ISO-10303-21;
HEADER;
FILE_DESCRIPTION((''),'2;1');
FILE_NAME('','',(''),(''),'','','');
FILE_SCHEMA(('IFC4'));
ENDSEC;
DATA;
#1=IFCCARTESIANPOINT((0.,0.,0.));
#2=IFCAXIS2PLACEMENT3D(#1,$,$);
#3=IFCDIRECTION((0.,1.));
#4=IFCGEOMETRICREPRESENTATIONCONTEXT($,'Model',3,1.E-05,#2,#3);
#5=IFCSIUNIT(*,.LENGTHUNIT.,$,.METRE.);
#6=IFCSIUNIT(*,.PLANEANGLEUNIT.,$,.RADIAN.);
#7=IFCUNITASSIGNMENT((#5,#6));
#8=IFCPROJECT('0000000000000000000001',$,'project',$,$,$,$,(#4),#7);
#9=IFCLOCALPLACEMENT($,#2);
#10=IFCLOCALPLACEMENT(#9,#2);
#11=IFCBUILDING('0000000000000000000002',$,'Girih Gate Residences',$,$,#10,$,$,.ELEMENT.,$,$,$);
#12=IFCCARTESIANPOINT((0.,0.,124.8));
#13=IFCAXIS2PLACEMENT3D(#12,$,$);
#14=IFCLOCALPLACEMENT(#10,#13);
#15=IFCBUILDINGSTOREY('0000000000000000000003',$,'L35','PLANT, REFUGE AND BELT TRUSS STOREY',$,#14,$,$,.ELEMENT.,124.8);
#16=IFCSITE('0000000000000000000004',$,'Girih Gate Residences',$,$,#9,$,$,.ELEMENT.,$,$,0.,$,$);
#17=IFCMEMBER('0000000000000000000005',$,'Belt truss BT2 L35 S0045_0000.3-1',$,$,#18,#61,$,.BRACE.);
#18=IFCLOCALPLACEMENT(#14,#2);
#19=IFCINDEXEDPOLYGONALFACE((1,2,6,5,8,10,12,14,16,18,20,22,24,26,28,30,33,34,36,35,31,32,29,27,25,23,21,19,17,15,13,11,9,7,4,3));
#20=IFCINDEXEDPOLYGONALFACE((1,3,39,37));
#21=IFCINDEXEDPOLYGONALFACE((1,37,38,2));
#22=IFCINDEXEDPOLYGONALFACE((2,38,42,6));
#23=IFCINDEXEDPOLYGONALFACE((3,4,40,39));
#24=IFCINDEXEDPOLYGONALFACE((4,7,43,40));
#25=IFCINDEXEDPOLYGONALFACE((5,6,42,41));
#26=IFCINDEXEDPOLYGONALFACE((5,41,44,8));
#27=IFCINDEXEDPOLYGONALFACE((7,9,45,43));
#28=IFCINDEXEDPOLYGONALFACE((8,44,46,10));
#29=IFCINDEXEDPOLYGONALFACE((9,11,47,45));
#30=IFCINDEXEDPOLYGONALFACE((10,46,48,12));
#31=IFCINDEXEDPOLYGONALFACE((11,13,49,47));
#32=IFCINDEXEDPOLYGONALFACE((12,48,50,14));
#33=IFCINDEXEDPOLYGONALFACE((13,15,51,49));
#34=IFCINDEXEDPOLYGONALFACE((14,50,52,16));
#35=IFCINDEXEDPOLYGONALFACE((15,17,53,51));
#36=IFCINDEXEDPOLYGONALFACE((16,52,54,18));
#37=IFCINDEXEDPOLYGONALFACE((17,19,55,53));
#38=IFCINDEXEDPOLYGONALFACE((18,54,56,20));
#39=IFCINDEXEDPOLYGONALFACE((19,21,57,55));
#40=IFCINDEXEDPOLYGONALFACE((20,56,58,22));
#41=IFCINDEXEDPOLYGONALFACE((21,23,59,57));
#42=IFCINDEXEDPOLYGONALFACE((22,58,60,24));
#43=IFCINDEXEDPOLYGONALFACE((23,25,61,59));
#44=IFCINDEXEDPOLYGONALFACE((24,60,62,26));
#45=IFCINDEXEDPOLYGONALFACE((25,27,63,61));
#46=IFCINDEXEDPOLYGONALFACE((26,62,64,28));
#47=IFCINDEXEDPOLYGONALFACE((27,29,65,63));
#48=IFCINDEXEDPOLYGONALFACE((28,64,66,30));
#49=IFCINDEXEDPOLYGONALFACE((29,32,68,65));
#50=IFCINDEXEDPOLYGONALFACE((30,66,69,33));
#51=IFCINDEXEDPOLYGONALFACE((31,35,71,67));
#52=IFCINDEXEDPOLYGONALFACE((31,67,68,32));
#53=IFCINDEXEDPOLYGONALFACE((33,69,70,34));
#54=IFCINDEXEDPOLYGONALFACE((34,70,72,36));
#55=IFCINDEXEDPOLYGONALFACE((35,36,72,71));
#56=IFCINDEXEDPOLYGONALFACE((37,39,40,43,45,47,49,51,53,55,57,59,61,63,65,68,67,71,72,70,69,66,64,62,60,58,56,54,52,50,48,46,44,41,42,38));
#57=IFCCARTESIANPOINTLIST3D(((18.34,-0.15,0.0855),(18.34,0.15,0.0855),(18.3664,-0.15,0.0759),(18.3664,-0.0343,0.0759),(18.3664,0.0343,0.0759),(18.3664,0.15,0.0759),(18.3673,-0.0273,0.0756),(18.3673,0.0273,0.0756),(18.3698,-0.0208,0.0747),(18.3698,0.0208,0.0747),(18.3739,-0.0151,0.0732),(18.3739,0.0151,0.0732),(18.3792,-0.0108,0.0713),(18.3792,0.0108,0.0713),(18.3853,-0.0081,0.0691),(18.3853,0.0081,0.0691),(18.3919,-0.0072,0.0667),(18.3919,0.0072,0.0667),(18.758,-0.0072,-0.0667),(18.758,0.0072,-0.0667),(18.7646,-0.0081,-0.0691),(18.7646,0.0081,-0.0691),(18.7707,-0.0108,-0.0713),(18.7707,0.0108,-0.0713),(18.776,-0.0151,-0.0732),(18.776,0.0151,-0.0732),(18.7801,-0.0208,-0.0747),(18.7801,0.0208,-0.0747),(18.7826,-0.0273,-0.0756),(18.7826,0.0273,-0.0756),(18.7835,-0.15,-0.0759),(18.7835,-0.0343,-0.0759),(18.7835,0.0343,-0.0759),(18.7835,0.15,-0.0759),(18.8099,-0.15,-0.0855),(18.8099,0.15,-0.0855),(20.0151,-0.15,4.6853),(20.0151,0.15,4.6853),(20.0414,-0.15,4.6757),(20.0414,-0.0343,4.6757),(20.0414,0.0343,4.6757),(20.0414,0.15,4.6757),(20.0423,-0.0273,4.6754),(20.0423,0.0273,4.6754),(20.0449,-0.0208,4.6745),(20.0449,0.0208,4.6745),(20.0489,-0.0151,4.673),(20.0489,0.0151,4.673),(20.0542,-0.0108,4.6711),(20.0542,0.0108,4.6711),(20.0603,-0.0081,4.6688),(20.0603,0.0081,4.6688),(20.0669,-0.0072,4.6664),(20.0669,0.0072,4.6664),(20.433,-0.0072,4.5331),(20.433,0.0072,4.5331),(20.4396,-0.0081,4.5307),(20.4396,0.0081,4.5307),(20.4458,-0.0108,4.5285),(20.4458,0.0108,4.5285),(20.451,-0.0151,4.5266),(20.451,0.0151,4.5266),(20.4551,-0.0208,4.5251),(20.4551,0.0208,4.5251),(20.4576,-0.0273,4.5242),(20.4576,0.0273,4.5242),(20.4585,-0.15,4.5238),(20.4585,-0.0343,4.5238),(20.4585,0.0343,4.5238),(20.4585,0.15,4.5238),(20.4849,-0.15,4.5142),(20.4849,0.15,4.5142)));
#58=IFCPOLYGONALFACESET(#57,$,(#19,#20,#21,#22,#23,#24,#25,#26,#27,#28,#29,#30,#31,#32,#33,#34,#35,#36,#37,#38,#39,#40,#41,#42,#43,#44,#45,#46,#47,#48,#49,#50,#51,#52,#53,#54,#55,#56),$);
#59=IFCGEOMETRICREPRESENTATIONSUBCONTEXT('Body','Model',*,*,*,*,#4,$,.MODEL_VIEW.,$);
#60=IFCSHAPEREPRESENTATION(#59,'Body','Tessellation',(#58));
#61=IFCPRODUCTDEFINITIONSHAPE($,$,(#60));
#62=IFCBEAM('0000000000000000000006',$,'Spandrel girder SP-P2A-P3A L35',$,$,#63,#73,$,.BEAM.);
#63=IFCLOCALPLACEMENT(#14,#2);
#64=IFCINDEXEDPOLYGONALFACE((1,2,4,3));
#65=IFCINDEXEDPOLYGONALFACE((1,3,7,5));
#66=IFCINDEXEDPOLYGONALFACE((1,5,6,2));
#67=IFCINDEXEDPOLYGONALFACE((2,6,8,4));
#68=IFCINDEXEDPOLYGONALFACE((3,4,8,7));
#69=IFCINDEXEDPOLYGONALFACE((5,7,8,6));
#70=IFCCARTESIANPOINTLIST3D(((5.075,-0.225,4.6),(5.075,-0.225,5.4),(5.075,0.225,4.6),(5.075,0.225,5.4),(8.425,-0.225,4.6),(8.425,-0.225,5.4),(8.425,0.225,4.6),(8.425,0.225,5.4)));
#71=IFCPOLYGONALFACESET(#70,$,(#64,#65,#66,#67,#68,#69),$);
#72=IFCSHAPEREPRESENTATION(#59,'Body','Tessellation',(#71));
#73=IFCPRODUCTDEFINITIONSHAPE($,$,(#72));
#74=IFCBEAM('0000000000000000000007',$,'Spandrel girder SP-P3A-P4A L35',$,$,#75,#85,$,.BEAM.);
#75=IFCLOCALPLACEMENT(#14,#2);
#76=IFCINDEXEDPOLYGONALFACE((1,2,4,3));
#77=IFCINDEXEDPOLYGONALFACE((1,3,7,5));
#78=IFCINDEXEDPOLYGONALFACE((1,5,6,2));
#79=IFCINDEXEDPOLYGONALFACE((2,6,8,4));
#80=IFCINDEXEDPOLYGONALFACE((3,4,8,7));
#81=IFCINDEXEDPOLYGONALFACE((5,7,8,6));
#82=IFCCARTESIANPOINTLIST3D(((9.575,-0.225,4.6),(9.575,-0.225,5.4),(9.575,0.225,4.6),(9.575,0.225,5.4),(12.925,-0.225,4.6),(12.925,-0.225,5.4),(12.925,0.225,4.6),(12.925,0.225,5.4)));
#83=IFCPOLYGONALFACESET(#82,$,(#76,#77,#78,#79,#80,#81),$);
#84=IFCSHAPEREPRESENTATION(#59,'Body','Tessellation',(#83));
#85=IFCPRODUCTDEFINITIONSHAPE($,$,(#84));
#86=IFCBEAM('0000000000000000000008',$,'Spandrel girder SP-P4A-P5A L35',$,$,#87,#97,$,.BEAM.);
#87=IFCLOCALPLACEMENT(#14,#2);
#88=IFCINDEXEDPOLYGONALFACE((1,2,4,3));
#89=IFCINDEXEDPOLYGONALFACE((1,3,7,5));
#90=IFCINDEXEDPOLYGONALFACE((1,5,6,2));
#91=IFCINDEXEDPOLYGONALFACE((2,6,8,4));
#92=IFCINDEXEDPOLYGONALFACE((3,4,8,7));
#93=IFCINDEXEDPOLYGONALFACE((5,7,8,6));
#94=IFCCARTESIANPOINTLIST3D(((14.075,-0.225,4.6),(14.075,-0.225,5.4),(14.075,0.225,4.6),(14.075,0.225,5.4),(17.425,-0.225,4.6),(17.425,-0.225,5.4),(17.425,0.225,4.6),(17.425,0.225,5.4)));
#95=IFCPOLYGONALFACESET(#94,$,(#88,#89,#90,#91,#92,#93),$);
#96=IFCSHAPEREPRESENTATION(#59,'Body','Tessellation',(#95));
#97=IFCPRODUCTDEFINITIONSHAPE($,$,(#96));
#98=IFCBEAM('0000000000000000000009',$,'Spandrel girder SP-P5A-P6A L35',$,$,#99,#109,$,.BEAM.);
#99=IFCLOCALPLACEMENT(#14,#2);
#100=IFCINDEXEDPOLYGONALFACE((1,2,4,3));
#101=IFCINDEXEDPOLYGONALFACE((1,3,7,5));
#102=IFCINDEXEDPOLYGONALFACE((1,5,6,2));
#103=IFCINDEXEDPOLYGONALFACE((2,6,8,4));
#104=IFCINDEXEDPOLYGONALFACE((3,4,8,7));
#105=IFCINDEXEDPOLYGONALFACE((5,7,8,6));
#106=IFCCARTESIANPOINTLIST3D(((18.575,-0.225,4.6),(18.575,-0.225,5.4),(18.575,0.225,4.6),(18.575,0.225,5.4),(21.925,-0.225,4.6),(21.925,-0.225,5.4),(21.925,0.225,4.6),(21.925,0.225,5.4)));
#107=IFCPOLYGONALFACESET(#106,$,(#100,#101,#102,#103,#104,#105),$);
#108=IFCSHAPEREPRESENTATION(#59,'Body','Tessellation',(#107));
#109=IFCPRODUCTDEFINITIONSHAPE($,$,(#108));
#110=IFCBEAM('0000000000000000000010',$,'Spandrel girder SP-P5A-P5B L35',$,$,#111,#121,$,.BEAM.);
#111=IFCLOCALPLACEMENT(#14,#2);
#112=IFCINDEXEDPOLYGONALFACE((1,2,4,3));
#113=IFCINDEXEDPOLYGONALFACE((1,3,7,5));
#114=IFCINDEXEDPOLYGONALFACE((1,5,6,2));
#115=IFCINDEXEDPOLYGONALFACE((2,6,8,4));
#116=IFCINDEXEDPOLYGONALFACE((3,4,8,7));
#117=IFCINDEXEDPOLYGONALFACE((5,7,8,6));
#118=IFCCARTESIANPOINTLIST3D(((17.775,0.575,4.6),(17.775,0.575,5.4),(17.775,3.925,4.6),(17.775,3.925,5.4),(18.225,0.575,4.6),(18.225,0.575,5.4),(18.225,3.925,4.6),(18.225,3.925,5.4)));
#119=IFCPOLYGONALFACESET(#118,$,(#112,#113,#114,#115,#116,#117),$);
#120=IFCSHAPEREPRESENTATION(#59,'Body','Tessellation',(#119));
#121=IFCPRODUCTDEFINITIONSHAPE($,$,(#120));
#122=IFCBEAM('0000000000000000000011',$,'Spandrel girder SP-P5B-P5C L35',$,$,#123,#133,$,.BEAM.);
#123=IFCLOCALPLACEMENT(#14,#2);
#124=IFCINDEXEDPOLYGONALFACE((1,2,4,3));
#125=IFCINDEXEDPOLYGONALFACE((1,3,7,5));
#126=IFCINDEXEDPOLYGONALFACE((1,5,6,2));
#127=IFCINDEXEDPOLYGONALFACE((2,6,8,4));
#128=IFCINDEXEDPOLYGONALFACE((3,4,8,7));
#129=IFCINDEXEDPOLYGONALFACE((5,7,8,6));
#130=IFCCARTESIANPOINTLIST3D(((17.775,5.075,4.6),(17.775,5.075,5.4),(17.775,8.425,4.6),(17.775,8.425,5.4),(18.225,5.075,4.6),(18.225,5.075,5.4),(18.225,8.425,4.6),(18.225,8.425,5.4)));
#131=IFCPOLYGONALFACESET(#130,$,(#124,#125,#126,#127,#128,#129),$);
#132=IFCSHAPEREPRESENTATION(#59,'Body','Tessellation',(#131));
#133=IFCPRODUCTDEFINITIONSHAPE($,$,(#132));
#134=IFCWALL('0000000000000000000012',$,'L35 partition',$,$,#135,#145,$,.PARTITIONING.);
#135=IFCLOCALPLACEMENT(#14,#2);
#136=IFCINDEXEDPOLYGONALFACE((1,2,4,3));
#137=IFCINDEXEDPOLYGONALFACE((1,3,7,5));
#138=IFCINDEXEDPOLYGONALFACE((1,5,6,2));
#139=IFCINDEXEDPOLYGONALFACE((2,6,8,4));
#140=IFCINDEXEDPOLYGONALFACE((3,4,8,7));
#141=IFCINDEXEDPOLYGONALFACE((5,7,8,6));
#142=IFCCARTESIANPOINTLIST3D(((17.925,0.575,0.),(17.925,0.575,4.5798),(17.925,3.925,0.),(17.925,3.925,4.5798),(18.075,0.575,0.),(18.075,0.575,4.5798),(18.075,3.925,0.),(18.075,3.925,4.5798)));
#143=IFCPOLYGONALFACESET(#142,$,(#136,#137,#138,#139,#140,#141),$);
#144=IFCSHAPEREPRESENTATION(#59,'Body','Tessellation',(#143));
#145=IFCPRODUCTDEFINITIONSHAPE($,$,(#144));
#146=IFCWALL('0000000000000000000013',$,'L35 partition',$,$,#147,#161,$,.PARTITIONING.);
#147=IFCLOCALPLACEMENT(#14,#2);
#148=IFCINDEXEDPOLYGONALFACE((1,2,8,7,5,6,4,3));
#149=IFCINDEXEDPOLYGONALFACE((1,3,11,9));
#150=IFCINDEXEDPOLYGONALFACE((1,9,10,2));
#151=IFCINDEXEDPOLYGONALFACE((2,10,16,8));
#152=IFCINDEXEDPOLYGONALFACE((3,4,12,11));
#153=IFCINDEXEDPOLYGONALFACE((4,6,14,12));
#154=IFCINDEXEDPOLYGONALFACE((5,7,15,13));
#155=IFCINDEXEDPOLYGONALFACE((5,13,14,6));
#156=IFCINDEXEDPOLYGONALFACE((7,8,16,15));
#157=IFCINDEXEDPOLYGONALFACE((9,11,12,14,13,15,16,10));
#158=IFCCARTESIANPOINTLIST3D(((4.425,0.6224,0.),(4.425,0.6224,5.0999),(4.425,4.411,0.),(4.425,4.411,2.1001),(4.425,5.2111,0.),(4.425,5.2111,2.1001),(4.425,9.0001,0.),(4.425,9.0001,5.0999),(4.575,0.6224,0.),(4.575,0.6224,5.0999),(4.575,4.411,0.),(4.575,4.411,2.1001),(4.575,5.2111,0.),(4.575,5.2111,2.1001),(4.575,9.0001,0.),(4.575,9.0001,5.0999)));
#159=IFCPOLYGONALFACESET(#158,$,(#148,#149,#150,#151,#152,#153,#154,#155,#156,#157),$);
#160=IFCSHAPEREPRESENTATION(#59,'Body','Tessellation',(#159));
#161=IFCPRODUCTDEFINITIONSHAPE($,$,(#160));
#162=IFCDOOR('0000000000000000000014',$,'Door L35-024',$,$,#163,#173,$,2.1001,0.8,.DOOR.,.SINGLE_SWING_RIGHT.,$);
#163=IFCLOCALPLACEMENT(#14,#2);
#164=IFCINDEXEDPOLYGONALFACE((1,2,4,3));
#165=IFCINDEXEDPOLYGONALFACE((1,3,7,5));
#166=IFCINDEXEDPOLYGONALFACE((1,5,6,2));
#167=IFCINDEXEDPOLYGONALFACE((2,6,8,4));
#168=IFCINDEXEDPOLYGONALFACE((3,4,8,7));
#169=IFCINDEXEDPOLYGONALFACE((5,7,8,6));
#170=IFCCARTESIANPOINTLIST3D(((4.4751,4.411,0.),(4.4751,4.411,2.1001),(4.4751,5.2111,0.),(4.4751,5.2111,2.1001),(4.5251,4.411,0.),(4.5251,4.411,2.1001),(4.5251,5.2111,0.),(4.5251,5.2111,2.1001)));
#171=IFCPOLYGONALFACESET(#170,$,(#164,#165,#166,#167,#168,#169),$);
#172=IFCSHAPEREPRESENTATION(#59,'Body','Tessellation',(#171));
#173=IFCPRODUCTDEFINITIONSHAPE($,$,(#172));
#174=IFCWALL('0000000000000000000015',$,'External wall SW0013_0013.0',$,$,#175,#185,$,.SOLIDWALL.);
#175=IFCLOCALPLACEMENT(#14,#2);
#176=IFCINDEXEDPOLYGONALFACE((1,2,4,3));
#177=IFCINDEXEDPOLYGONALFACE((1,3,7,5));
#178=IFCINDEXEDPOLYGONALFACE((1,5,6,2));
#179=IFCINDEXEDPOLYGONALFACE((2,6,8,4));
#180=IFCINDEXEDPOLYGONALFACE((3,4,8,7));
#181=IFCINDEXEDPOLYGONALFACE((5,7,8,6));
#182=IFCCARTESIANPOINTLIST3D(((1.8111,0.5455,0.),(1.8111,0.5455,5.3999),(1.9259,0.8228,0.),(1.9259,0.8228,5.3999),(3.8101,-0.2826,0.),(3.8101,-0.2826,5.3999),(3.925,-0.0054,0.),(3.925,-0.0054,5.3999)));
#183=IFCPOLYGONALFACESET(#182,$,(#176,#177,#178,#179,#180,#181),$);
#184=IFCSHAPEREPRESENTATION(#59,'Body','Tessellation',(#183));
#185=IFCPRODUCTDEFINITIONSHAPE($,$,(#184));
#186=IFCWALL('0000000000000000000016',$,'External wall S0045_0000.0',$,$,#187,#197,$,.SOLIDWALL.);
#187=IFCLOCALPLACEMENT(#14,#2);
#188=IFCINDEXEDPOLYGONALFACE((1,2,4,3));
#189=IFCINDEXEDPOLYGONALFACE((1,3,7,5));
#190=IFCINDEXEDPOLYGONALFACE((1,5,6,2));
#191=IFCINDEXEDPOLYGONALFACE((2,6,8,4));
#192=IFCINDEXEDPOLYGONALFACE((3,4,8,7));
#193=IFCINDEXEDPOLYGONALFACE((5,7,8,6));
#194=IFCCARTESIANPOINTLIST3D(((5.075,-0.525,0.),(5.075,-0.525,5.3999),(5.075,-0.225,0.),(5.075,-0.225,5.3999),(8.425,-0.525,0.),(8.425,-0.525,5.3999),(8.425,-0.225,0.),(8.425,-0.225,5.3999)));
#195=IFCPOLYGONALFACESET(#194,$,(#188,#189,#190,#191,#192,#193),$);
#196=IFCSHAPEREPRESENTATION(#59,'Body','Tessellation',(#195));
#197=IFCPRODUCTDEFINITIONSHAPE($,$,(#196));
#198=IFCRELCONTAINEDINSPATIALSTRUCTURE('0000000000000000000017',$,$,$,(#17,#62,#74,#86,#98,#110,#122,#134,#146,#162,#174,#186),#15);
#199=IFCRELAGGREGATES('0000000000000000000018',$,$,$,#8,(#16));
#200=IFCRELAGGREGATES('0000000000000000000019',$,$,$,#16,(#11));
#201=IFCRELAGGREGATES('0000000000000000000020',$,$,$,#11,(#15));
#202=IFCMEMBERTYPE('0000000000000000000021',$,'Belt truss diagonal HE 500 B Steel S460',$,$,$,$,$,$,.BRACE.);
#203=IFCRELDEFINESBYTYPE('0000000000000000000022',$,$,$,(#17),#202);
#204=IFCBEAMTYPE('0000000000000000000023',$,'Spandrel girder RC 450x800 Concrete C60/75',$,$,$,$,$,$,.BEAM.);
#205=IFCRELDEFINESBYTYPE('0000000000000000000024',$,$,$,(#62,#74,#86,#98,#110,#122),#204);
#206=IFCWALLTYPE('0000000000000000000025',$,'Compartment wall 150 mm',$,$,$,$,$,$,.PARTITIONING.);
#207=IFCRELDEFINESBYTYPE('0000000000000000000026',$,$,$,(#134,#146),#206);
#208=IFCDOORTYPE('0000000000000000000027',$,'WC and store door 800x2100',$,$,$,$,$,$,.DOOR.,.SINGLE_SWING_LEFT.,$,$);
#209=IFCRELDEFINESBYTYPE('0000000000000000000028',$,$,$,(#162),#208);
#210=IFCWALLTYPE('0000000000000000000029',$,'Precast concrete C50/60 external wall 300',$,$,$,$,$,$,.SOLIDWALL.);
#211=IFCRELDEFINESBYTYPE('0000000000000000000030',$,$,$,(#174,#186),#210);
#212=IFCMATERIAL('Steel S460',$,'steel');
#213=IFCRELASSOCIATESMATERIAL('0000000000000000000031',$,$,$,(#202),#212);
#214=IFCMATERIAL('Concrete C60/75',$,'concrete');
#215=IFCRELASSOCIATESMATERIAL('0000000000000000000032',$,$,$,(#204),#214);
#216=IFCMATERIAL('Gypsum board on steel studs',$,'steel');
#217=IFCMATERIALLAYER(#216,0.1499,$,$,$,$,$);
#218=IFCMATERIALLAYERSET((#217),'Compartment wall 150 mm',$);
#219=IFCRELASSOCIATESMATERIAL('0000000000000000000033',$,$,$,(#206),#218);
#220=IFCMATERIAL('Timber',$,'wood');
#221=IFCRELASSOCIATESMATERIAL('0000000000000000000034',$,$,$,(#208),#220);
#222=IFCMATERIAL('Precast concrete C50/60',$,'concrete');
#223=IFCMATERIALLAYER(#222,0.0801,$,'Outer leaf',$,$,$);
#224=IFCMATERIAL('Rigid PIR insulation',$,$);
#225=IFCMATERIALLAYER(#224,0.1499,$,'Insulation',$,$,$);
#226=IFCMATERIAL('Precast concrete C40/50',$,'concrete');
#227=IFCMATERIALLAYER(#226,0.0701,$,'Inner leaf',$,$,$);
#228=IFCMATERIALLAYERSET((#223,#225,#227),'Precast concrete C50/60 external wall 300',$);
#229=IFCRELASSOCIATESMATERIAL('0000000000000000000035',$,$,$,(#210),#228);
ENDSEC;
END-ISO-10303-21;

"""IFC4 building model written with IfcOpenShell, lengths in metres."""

from ifc_helpers import new_model, si_unit, direction, frame, frame_2d, origin, origin_2d, place, context, subcontext, project, spatial, rectangle, i_section, extrude, material, layer, layer_set, material_profile, profile_set, type_object, element, fill, save


model = new_model("IFC4")

# Units and contexts
model_context = context("Model", 3, precision=1e-05, world=origin(), true_north=direction((0.0, 1.0)))
body_context = subcontext(model_context, "Body", "Model", "MODEL_VIEW")
ifc_project = project(units=[si_unit("LENGTHUNIT", "METRE"), si_unit("PLANEANGLEUNIT", "RADIAN")], contexts=[model_context])

# Site, building, storey
site_placement = place(None, origin())
site = spatial("IfcSite", under=ifc_project, at=site_placement, Name="Girih Gate Residences", CompositionType="ELEMENT", RefElevation=0.0)
building_placement = place(site_placement, origin())
building = spatial("IfcBuilding", under=site, at=building_placement, Name="Girih Gate Residences", CompositionType="ELEMENT")
storey_placement = place(building_placement, frame((0.0, 0.0, 124.8)))
storey = spatial("IfcBuildingStorey", under=building, at=storey_placement, Name="L35", Description="PLANT, REFUGE AND BELT TRUSS STOREY", CompositionType="ELEMENT", Elevation=124.8)

# Member
ifc_material_1 = material(Name="Steel S460", Category="steel")
ifc_material_profile_1 = material_profile(ifc_material_1, i_section(OverallWidth=0.3, OverallDepth=0.5, WebThickness=0.0144, FlangeThickness=0.0281, FilletRadius=0.0271, at=origin_2d()))
ifc_profile_set_1 = profile_set([ifc_material_profile_1], Name="Steel S460")
member_type_1 = type_object("IfcMemberType", Name="Belt truss diagonal HE 500 B Steel S460", PredefinedType="BRACE", material=ifc_profile_set_1)
for number, where, z_axis, x_axis, name in (
    (1, (18.575, 0.0, 0.0), (0.342171, 0.0, 0.939638), (0.0, 1.0, 0.0), "Belt truss BT2 L35 S0045_0000.3-1"),
):
    element("IfcMember", number, at=place(storey_placement, frame(where, z_axis=z_axis, x_axis=x_axis)), inside=storey, type_object=member_type_1, Name=name, PredefinedType="BRACE", context=body_context, shape_type="SweptSolid", body=[
        extrude(i_section(OverallWidth=0.3, OverallDepth=0.5, WebThickness=0.0144, FlangeThickness=0.0281, FilletRadius=0.0271, at=origin_2d()), origin(), (0.0, 0.0, 1.0), 4.8953),
    ])

# Beams
ifc_material_2 = material(Name="Concrete C60/75", Category="concrete")
ifc_material_profile_2 = material_profile(ifc_material_2, rectangle(XDim=0.45, YDim=0.8, at=origin_2d()))
ifc_profile_set_2 = profile_set([ifc_material_profile_2], Name="Concrete C60/75")
beam_type = type_object("IfcBeamType", Name="Spandrel girder RC 450x800 Concrete C60/75", PredefinedType="BEAM", material=ifc_profile_set_2)
for number, where, z_axis, x_axis, name in (
    (2, (5.075, 0.0, 5.0), (1.0, 0.0, 0.0), (0.0, 1.0, 0.0), "Spandrel girder SP-P2A-P3A L35"),
    (3, (9.575, 0.0, 5.0), (1.0, 0.0, 0.0), (0.0, 1.0, 0.0), "Spandrel girder SP-P3A-P4A L35"),
    (4, (14.075, 0.0, 5.0), (1.0, 0.0, 0.0), (0.0, 1.0, 0.0), "Spandrel girder SP-P4A-P5A L35"),
    (5, (18.575, 0.0, 5.0), (1.0, 0.0, 0.0), (0.0, 1.0, 0.0), "Spandrel girder SP-P5A-P6A L35"),
    (6, (18.0, 0.575, 5.0), (0.0, 1.0, 0.0), (-1.0, 0.0, 0.0), "Spandrel girder SP-P5A-P5B L35"),
    (7, (18.0, 5.075, 5.0), (0.0, 1.0, 0.0), (-1.0, 0.0, 0.0), "Spandrel girder SP-P5B-P5C L35"),
):
    element("IfcBeam", number, at=place(storey_placement, frame(where, z_axis=z_axis, x_axis=x_axis)), inside=storey, type_object=beam_type, Name=name, PredefinedType="BEAM", context=body_context, shape_type="SweptSolid", body=[
        extrude(rectangle(XDim=0.45, YDim=0.8, at=origin_2d()), origin(), (0.0, 0.0, 1.0), 3.3501),
    ])

# Wall
ifc_material_3 = material(Name="Gypsum board on steel studs", Category="steel")
ifc_layer_1 = layer(ifc_material_3, 0.1499)
ifc_layer_set_1 = layer_set([ifc_layer_1], Name="Compartment wall 150 mm")
wall_type_1 = type_object("IfcWallType", Name="Compartment wall 150 mm", PredefinedType="PARTITIONING", material=ifc_layer_set_1)
wall_1_placement = place(storey_placement, frame((18.0, 0.575, 0.0), z_axis=(0.0, 0.0, 1.0), x_axis=(0.0, 1.0, 0.0)))
element("IfcWall", 8, at=wall_1_placement, inside=storey, type_object=wall_type_1, Name="L35 partition", PredefinedType="PARTITIONING", context=body_context, shape_type="SweptSolid", body=[
    extrude(rectangle(XDim=3.3501, YDim=0.1499, at=frame_2d((1.675, 0.0))), origin(), (0.0, 0.0, 1.0), 4.5798),
])

# Wall, opening, door
wall_2_placement = place(storey_placement, frame((4.5, 0.6223, 0.0), z_axis=(0.0, 0.0, 1.0), x_axis=(0.0, 1.0, 0.0)))
wall_2 = element("IfcWall", 9, at=wall_2_placement, inside=storey, type_object=wall_type_1, Name="L35 partition", PredefinedType="PARTITIONING", context=body_context, shape_type="SweptSolid", body=[
    extrude(rectangle(XDim=8.3777, YDim=0.1499, at=frame_2d((4.189, 0.0))), origin(), (0.0, 0.0, 1.0), 5.0999),
])
opening_placement = place(wall_2_placement, frame((3.7888, 0.0, 0.0)))
opening = element("IfcOpeningElement", 10, at=opening_placement, cuts=wall_2, PredefinedType="OPENING", context=body_context, shape_type="SweptSolid", body=[
    extrude(rectangle(XDim=0.8, YDim=2.1001, at=frame_2d((0.3999, 1.05))), frame((0.0, 0.085, 0.0), z_axis=(0.0, -1.0, 0.0), x_axis=(1.0, 0.0, 0.0)), (0.0, 0.0, 1.0), 0.1699),
])
ifc_material_4 = material(Name="Timber", Category="wood")
door_type = type_object("IfcDoorType", Name="WC and store door 800x2100", OperationType="SINGLE_SWING_LEFT", PredefinedType="DOOR", material=ifc_material_4)
door_placement = place(opening_placement, origin())
door = element("IfcDoor", 11, at=door_placement, inside=storey, type_object=door_type, Name="Door L35-024", OperationType="SINGLE_SWING_RIGHT", OverallHeight=2.1001, OverallWidth=0.8, PredefinedType="DOOR", context=body_context, shape_type="SweptSolid", body=[
    extrude(rectangle(XDim=0.8, YDim=2.1001, at=frame_2d((0.3999, 1.05))), frame((0.0, 0.0249, 0.0), z_axis=(0.0, -1.0, 0.0), x_axis=(1.0, 0.0, 0.0)), (0.0, 0.0, 1.0), 0.05),
])
fill(opening, door)

# Walls
ifc_material_5 = material(Name="Precast concrete C50/60", Category="concrete")
ifc_layer_2 = layer(ifc_material_5, 0.0801, Name="Outer leaf")
ifc_material_6 = material(Name="Rigid PIR insulation")
ifc_layer_3 = layer(ifc_material_6, 0.1499, Name="Insulation")
ifc_material_7 = material(Name="Precast concrete C40/50", Category="concrete")
ifc_layer_4 = layer(ifc_material_7, 0.0701, Name="Inner leaf")
ifc_layer_set_2 = layer_set([ifc_layer_2, ifc_layer_3, ifc_layer_4], Name="Precast concrete C50/60 external wall 300")
wall_type_2 = type_object("IfcWallType", Name="Precast concrete C50/60 external wall 300", PredefinedType="SOLIDWALL", material=ifc_layer_set_2)
wall_3_placement = place(storey_placement, frame((3.8677, -0.144, 0.0), z_axis=(0.0, 0.0, 1.0), x_axis=(-0.923863, 0.382724, 0.0)))
element("IfcWall", 12, at=wall_3_placement, inside=storey, type_object=wall_type_2, Name="External wall SW0013_0013.0", PredefinedType="SOLIDWALL", context=body_context, shape_type="SweptSolid", body=[
    extrude(rectangle(XDim=2.1638, YDim=0.3, at=frame_2d((1.082, 0.0))), origin(), (0.0, 0.0, 1.0), 5.3999),
])
for number, where, z_axis, x_axis, name in (
    (13, (8.425, -0.375, 0.0), (0.0, 0.0, 1.0), (-1.0, 0.0, 0.0), "External wall S0045_0000.0"),
):
    element("IfcWall", number, at=place(storey_placement, frame(where, z_axis=z_axis, x_axis=x_axis)), inside=storey, type_object=wall_type_2, Name=name, PredefinedType="SOLIDWALL", context=body_context, shape_type="SweptSolid", body=[
        extrude(rectangle(XDim=3.3501, YDim=0.3, at=frame_2d((1.675, 0.0))), origin(), (0.0, 0.0, 1.0), 5.3999),
    ])

save(model, "model.ifc")
